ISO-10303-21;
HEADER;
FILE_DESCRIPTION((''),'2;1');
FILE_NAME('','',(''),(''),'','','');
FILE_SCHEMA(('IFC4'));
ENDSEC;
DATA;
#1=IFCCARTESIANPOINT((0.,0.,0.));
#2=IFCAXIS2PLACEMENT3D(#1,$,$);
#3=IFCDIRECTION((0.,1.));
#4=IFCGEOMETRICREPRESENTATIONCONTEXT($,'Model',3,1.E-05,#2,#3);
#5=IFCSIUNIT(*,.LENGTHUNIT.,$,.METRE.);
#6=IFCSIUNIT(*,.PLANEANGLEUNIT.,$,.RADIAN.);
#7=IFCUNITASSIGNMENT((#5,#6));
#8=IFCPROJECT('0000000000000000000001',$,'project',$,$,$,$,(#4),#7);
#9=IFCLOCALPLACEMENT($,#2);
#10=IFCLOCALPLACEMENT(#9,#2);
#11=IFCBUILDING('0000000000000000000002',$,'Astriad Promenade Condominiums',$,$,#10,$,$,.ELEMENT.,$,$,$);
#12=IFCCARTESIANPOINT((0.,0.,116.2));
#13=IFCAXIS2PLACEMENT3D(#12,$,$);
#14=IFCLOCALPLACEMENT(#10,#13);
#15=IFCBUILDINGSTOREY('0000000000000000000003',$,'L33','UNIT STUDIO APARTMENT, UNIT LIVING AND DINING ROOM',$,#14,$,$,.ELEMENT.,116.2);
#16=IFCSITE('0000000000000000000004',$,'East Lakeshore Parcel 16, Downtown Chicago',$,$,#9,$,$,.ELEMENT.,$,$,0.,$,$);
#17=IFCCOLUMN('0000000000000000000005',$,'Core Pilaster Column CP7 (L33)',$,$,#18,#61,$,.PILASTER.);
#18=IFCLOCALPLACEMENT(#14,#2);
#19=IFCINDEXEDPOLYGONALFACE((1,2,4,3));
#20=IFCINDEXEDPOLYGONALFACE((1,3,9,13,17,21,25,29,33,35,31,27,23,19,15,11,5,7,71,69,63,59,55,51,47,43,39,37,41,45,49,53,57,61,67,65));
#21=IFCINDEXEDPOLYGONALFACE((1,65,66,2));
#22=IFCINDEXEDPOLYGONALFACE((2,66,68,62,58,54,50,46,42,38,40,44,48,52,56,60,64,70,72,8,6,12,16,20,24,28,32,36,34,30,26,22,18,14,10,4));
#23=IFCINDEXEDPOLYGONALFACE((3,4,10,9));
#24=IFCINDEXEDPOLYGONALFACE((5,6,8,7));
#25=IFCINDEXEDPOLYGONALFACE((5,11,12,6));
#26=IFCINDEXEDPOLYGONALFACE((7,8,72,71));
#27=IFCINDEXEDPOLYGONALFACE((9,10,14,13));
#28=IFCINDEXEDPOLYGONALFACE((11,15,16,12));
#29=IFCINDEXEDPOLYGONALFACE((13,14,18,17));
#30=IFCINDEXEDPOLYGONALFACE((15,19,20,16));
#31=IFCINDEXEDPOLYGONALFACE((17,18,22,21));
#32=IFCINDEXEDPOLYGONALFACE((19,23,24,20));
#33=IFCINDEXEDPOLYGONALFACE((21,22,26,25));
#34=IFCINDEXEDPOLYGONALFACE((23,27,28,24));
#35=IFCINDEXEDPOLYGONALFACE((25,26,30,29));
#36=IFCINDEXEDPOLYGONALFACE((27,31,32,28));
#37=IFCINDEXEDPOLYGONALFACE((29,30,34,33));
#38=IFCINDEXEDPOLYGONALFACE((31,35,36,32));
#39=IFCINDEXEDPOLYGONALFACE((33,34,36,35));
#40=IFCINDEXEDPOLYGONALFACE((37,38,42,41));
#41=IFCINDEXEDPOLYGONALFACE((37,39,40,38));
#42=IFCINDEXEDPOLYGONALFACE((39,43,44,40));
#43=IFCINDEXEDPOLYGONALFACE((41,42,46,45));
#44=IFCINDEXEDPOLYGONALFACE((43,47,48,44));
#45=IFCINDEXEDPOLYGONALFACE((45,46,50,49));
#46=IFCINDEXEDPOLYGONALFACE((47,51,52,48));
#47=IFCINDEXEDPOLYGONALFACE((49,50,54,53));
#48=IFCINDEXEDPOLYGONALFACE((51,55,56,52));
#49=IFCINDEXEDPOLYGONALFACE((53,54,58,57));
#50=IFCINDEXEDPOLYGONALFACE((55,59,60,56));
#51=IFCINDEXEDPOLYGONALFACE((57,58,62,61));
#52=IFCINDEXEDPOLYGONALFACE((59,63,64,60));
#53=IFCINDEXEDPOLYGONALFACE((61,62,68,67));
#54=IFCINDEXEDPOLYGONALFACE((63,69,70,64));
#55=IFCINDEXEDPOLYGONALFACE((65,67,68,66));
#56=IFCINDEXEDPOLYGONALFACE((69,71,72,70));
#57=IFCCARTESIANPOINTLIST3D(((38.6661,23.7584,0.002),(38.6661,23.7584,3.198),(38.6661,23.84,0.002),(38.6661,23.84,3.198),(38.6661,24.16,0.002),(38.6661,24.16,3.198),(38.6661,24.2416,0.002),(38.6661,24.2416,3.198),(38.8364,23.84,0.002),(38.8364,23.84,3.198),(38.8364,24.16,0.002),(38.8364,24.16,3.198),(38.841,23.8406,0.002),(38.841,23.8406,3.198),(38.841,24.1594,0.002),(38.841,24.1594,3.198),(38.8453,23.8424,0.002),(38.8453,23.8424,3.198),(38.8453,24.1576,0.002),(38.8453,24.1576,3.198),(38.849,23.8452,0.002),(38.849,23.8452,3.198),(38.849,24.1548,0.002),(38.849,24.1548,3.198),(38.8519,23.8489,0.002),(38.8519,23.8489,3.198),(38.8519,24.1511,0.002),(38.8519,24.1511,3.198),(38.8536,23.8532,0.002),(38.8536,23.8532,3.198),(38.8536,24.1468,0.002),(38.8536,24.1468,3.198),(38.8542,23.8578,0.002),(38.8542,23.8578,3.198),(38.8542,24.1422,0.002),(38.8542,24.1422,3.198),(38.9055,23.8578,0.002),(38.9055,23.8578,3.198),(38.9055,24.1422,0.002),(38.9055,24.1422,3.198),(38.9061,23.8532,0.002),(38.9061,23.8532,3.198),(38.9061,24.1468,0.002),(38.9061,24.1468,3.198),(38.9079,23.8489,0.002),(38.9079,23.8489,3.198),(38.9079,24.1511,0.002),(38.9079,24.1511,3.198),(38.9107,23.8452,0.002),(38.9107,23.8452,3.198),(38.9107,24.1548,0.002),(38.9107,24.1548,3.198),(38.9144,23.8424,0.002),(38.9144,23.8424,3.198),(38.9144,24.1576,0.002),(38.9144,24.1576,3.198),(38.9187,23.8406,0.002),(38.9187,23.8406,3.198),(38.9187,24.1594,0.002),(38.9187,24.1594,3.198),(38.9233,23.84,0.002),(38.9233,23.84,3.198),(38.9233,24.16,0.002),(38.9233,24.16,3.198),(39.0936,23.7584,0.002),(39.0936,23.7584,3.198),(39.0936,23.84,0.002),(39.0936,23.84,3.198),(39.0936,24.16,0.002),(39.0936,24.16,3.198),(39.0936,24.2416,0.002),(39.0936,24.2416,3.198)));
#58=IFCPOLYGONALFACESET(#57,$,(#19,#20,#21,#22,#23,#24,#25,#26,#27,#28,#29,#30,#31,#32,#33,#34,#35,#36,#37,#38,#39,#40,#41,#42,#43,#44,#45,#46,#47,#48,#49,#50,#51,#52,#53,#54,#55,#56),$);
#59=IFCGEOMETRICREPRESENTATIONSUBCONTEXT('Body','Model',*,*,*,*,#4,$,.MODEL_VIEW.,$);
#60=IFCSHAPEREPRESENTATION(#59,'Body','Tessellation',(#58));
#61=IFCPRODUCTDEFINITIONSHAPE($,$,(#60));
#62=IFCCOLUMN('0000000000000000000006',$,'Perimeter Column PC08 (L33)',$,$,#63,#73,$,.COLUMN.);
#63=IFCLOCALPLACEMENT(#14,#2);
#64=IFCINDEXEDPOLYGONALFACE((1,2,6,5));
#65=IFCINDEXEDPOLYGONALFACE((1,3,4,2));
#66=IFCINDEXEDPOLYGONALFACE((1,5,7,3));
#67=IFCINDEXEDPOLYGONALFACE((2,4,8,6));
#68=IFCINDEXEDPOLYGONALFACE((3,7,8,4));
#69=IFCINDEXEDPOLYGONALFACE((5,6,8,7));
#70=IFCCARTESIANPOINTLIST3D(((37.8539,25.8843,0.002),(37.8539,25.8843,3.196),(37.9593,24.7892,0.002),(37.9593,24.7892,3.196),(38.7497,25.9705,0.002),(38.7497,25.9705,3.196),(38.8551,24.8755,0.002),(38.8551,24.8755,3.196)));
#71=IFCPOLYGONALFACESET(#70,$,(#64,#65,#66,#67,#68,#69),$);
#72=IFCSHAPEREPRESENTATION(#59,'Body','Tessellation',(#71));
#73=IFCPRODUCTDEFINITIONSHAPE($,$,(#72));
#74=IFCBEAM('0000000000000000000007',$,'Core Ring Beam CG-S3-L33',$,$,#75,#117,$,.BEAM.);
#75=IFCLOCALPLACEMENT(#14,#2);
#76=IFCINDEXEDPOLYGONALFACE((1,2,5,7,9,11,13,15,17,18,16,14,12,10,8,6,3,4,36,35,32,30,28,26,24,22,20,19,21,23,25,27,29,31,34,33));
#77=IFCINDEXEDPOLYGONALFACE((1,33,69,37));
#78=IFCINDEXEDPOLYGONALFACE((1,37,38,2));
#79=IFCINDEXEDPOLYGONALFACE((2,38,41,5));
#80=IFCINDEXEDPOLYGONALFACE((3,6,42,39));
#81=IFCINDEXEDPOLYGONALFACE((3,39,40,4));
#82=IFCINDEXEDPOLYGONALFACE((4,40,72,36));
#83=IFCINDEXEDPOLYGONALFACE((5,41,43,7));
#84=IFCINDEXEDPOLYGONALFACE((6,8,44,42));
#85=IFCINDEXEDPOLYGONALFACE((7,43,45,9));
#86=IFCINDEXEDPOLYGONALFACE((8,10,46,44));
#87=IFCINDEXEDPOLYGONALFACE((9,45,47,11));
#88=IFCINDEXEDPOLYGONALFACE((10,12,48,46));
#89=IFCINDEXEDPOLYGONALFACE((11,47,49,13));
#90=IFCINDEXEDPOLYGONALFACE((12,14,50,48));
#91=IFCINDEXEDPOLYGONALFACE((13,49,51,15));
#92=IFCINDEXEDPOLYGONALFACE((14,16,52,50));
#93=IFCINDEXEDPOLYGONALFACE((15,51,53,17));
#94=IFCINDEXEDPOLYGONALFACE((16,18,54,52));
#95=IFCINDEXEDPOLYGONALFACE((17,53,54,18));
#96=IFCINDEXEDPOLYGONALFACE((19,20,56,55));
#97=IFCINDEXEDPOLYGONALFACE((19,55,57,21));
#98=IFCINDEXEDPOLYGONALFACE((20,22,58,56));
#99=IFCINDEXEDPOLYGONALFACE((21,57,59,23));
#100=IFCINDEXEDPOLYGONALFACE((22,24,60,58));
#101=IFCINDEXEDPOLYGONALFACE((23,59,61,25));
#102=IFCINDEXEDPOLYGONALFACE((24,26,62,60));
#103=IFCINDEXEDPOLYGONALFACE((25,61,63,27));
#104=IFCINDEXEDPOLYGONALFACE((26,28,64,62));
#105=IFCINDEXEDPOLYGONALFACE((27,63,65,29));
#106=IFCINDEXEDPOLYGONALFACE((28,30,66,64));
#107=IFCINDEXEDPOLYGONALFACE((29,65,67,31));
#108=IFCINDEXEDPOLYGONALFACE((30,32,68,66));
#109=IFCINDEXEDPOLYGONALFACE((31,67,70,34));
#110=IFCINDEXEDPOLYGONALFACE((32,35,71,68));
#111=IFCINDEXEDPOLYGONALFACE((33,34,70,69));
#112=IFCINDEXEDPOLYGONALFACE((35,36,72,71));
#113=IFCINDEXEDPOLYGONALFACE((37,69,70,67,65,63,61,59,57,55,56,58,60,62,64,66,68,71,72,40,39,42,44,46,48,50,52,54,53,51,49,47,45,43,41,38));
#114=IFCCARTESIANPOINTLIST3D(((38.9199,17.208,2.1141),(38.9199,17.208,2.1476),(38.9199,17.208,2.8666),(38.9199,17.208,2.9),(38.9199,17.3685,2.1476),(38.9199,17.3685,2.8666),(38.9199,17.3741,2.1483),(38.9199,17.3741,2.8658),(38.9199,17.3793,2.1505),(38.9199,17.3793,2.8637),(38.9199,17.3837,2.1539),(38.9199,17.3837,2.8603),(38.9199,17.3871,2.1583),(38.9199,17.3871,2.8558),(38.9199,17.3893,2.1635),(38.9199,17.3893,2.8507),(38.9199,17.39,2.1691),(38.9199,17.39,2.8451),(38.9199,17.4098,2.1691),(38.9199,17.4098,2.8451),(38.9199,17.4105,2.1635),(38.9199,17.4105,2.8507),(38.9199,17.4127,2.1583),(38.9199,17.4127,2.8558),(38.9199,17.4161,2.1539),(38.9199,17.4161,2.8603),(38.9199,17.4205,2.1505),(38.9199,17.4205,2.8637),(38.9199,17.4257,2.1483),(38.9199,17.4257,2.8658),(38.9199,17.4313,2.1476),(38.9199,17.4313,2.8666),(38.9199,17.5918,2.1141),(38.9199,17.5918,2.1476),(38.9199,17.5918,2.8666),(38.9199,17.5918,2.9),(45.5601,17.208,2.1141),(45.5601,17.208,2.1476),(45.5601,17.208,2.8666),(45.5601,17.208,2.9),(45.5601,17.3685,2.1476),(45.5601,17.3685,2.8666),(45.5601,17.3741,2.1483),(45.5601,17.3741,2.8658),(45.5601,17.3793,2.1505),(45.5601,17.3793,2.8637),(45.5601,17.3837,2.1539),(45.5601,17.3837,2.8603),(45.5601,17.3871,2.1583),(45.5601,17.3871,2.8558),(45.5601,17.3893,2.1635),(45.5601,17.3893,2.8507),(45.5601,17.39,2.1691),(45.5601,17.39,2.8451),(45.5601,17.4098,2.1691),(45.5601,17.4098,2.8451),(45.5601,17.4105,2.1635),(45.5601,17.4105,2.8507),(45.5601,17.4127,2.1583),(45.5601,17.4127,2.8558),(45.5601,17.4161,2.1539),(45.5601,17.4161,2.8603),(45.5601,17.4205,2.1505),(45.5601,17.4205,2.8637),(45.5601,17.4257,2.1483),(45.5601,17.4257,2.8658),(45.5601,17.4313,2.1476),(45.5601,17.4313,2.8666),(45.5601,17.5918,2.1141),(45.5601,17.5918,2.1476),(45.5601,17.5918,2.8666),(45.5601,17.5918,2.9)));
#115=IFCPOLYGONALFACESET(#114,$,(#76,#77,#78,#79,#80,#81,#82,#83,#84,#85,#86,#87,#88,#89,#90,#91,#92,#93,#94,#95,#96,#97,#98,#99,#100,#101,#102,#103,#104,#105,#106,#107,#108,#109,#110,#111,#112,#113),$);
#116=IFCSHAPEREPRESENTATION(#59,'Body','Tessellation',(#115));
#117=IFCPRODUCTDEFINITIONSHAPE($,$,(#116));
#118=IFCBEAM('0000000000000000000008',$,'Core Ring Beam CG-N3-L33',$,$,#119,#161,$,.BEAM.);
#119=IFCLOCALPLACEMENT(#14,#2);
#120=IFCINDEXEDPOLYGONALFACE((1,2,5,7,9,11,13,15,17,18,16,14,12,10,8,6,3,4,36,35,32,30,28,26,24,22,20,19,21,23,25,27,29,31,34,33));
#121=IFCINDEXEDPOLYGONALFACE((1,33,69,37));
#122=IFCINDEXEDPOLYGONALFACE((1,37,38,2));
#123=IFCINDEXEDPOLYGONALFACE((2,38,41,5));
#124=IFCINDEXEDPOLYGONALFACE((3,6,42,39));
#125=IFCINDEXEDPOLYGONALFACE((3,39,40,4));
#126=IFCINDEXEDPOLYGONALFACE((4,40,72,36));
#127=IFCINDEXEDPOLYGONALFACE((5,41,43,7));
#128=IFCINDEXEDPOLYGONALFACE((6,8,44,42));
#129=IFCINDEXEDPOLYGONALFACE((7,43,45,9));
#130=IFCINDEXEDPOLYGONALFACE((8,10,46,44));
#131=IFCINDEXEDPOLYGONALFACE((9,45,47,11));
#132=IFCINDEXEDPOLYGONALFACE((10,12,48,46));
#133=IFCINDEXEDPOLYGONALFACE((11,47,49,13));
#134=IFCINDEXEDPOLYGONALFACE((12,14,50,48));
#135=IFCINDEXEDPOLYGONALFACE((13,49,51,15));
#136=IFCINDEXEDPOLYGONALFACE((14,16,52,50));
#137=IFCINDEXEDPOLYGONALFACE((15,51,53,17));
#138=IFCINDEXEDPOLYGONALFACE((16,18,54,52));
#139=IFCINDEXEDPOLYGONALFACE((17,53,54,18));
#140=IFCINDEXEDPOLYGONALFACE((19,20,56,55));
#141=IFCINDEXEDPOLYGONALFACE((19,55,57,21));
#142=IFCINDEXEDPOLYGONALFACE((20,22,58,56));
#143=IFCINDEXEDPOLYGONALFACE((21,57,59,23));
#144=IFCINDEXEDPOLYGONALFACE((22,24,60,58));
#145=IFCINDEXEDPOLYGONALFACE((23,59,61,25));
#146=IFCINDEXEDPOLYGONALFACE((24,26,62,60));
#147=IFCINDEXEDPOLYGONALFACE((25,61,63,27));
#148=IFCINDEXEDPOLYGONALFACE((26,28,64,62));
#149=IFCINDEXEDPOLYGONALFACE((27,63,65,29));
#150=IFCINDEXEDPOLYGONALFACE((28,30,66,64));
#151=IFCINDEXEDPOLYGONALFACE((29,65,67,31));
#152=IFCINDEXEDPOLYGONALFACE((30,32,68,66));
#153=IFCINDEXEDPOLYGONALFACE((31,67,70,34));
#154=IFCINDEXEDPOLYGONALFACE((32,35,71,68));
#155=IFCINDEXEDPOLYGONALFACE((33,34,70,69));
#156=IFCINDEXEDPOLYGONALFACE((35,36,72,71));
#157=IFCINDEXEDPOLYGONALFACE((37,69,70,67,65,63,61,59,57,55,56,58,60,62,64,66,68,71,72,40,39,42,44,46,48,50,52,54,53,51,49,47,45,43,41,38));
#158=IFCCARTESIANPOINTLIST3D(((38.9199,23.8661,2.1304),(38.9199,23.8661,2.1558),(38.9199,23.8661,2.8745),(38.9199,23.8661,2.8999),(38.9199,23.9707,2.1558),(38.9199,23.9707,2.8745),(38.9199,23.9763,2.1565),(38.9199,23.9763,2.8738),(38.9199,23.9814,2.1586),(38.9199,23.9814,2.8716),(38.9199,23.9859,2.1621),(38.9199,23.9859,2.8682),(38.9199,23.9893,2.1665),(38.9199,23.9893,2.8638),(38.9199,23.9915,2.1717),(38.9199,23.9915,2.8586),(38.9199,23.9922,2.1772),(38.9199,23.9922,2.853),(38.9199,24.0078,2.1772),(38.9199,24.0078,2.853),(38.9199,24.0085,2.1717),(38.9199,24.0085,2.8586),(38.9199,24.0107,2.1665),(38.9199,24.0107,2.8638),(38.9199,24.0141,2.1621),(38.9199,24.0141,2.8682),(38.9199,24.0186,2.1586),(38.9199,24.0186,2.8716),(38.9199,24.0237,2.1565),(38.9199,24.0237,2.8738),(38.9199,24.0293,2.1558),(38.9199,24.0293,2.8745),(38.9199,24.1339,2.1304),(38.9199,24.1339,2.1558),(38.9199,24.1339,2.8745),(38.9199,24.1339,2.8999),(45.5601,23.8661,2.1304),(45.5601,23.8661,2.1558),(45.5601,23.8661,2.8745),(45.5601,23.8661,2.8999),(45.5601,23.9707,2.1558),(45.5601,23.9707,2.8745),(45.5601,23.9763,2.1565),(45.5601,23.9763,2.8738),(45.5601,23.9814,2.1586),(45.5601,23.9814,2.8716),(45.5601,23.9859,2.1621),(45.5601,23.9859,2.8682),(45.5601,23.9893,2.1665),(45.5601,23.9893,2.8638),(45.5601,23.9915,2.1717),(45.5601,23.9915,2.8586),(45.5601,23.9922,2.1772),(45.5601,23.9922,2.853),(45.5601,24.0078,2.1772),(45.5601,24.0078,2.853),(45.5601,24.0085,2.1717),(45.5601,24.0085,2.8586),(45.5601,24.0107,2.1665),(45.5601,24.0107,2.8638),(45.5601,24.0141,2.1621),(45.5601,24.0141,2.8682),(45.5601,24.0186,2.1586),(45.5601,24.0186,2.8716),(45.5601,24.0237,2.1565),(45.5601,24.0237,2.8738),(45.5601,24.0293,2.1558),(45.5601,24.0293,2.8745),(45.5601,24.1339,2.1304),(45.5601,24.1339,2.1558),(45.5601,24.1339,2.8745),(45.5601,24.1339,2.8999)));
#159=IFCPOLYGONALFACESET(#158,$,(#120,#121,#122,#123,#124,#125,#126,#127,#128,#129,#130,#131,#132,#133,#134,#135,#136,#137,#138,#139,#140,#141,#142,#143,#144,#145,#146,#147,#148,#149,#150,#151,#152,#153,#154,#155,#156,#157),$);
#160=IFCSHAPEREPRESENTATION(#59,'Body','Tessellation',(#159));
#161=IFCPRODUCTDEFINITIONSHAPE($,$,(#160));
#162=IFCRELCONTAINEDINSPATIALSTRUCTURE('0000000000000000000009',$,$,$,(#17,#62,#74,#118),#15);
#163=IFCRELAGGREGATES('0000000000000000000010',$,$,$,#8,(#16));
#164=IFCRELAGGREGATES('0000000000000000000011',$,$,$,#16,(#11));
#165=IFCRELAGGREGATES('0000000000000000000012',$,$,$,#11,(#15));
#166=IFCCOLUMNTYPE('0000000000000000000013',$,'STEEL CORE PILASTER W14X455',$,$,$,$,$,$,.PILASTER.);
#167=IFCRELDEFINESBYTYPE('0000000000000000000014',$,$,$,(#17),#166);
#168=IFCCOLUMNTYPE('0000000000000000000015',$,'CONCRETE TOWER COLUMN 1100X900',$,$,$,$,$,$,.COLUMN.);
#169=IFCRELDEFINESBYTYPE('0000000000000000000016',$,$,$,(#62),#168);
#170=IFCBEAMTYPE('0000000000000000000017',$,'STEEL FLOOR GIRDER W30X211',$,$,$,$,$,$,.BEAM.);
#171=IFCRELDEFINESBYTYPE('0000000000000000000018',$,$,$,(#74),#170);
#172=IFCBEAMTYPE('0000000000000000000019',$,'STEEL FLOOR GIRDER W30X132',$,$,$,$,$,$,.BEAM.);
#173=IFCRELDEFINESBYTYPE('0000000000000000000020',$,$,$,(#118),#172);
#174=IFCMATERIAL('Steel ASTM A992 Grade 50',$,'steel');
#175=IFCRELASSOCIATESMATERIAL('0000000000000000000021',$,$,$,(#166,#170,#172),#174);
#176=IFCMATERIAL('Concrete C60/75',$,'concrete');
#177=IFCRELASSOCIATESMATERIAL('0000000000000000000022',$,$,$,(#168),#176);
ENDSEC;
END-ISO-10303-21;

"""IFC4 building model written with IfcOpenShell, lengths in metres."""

from ifc_helpers import new_model, si_unit, direction, frame, origin, origin_2d, place, context, subcontext, project, spatial, rectangle, i_section, extrude, source, transform, mapped, material, material_profile, profile_set, type_object, type_shapes, element, save


model = new_model("IFC4")

# Units and contexts
model_context = context("Model", 3, precision=1e-05, world=origin(), true_north=direction((0.0, 1.0)))
body_context = subcontext(model_context, "Body", "Model", "MODEL_VIEW")
ifc_project = project(units=[si_unit("LENGTHUNIT", "METRE"), si_unit("PLANEANGLEUNIT", "RADIAN")], contexts=[model_context])

# Site, building, storey
site_placement = place(None, origin())
site = spatial("IfcSite", under=ifc_project, at=site_placement, Name="East Lakeshore Parcel 16, Downtown Chicago", CompositionType="ELEMENT", RefElevation=0.0)
building_placement = place(site_placement, origin())
building = spatial("IfcBuilding", under=site, at=building_placement, Name="Astriad Promenade Condominiums", CompositionType="ELEMENT")
storey_placement = place(building_placement, frame((0.0, 0.0, 116.2)))
storey = spatial("IfcBuildingStorey", under=building, at=storey_placement, Name="L33", Description="UNIT STUDIO APARTMENT, UNIT LIVING AND DINING ROOM", CompositionType="ELEMENT", Elevation=116.2)

# Columns
ifc_material_1 = material(Name="Steel ASTM A992 Grade 50", Category="steel")
ifc_material_profile_1 = material_profile(ifc_material_1, i_section(OverallWidth=0.4275, OverallDepth=0.4832, WebThickness=0.0513, FlangeThickness=0.0815, FilletRadius=0.0178, at=origin_2d()), Name="W14X455")
ifc_profile_set_1 = profile_set([ifc_material_profile_1], Name="Steel ASTM A992 Grade 50")
column_type_1 = type_object("IfcColumnType", Name="STEEL CORE PILASTER W14X455", PredefinedType="PILASTER", material=ifc_profile_set_1)
shared_shape_1 = source(origin(), body_context, "Body", "SweptSolid", [
    extrude(i_section(OverallWidth=0.4275, OverallDepth=0.4832, WebThickness=0.0513, FlangeThickness=0.0815, FilletRadius=0.0178, at=origin_2d()), origin(), (0.0, 0.0, 1.0), 3.196),
])
type_shapes(column_type_1, [shared_shape_1])
column_1_placement = place(storey_placement, frame((38.8799, 24.0, 0.002), z_axis=(0.0, 0.0, 1.0), x_axis=(1.0, 0.0, 0.0)))
element("IfcColumn", 1, at=column_1_placement, inside=storey, type_object=column_type_1, Name="Core Pilaster Column CP7 (L33)", PredefinedType="PILASTER", context=body_context, shape_type="MappedRepresentation", body=[
    mapped(shared_shape_1, transform((0.0, 0.0, 0.0), scale=1.0)),
])
ifc_material_2 = material(Name="Concrete C60/75", Category="concrete")
ifc_material_profile_2 = material_profile(ifc_material_2, rectangle(XDim=0.8999, YDim=1.1001, at=origin_2d()), Name="RC-COL-1100X900")
ifc_profile_set_2 = profile_set([ifc_material_profile_2], Name="Concrete C60/75")
column_type_2 = type_object("IfcColumnType", Name="CONCRETE TOWER COLUMN 1100X900", PredefinedType="COLUMN", material=ifc_profile_set_2)
shared_shape_2 = source(origin(), body_context, "Body", "SweptSolid", [
    extrude(rectangle(XDim=0.8999, YDim=1.1001, at=origin_2d()), origin(), (0.0, 0.0, 1.0), 3.1941),
])
type_shapes(column_type_2, [shared_shape_2])
column_2_placement = place(storey_placement, frame((38.3545, 25.3799, 0.002), z_axis=(0.0, 0.0, 1.0), x_axis=(0.995396, 0.095846, 0.0)))
element("IfcColumn", 2, at=column_2_placement, inside=storey, type_object=column_type_2, Name="Perimeter Column PC08 (L33)", PredefinedType="COLUMN", context=body_context, shape_type="MappedRepresentation", body=[
    mapped(shared_shape_2, transform((0.0, 0.0, 0.0), scale=1.0)),
])

# Beams
ifc_material_profile_3 = material_profile(ifc_material_1, i_section(OverallWidth=0.3838, OverallDepth=0.7859, WebThickness=0.0198, FlangeThickness=0.0334, FilletRadius=0.0215, at=origin_2d()), Name="W30X211")
ifc_profile_set_3 = profile_set([ifc_material_profile_3], Name="Steel ASTM A992 Grade 50")
beam_type_1 = type_object("IfcBeamType", Name="STEEL FLOOR GIRDER W30X211", PredefinedType="BEAM", material=ifc_profile_set_3)
shared_shape_3 = source(origin(), body_context, "Body", "SweptSolid", [
    extrude(i_section(OverallWidth=0.3838, OverallDepth=0.7859, WebThickness=0.0198, FlangeThickness=0.0334, FilletRadius=0.0215, at=origin_2d()), origin(), (0.0, 0.0, 1.0), 6.6401),
])
type_shapes(beam_type_1, [shared_shape_3])
beam_1_placement = place(storey_placement, frame((38.9199, 17.3999, 2.5071), z_axis=(1.0, 0.0, 0.0), x_axis=(0.0, 1.0, 0.0)))
element("IfcBeam", 3, at=beam_1_placement, inside=storey, type_object=beam_type_1, Name="Core Ring Beam CG-S3-L33", PredefinedType="BEAM", context=body_context, shape_type="MappedRepresentation", body=[
    mapped(shared_shape_3, transform((0.0, 0.0, 0.0), scale=1.0)),
])
ifc_material_profile_4 = material_profile(ifc_material_1, i_section(OverallWidth=0.2678, OverallDepth=0.7695, WebThickness=0.0156, FlangeThickness=0.0254, FilletRadius=0.0215, at=origin_2d()), Name="W30X132")
ifc_profile_set_4 = profile_set([ifc_material_profile_4], Name="Steel ASTM A992 Grade 50")
beam_type_2 = type_object("IfcBeamType", Name="STEEL FLOOR GIRDER W30X132", PredefinedType="BEAM", material=ifc_profile_set_4)
shared_shape_4 = source(origin(), body_context, "Body", "SweptSolid", [
    extrude(i_section(OverallWidth=0.2678, OverallDepth=0.7695, WebThickness=0.0156, FlangeThickness=0.0254, FilletRadius=0.0215, at=origin_2d()), origin(), (0.0, 0.0, 1.0), 6.6401),
])
type_shapes(beam_type_2, [shared_shape_4])
beam_2_placement = place(storey_placement, frame((38.9199, 24.0, 2.5151), z_axis=(1.0, 0.0, 0.0), x_axis=(0.0, 1.0, 0.0)))
element("IfcBeam", 4, at=beam_2_placement, inside=storey, type_object=beam_type_2, Name="Core Ring Beam CG-N3-L33", PredefinedType="BEAM", context=body_context, shape_type="MappedRepresentation", body=[
    mapped(shared_shape_4, transform((0.0, 0.0, 0.0), scale=1.0)),
])

save(model, "model.ifc")
